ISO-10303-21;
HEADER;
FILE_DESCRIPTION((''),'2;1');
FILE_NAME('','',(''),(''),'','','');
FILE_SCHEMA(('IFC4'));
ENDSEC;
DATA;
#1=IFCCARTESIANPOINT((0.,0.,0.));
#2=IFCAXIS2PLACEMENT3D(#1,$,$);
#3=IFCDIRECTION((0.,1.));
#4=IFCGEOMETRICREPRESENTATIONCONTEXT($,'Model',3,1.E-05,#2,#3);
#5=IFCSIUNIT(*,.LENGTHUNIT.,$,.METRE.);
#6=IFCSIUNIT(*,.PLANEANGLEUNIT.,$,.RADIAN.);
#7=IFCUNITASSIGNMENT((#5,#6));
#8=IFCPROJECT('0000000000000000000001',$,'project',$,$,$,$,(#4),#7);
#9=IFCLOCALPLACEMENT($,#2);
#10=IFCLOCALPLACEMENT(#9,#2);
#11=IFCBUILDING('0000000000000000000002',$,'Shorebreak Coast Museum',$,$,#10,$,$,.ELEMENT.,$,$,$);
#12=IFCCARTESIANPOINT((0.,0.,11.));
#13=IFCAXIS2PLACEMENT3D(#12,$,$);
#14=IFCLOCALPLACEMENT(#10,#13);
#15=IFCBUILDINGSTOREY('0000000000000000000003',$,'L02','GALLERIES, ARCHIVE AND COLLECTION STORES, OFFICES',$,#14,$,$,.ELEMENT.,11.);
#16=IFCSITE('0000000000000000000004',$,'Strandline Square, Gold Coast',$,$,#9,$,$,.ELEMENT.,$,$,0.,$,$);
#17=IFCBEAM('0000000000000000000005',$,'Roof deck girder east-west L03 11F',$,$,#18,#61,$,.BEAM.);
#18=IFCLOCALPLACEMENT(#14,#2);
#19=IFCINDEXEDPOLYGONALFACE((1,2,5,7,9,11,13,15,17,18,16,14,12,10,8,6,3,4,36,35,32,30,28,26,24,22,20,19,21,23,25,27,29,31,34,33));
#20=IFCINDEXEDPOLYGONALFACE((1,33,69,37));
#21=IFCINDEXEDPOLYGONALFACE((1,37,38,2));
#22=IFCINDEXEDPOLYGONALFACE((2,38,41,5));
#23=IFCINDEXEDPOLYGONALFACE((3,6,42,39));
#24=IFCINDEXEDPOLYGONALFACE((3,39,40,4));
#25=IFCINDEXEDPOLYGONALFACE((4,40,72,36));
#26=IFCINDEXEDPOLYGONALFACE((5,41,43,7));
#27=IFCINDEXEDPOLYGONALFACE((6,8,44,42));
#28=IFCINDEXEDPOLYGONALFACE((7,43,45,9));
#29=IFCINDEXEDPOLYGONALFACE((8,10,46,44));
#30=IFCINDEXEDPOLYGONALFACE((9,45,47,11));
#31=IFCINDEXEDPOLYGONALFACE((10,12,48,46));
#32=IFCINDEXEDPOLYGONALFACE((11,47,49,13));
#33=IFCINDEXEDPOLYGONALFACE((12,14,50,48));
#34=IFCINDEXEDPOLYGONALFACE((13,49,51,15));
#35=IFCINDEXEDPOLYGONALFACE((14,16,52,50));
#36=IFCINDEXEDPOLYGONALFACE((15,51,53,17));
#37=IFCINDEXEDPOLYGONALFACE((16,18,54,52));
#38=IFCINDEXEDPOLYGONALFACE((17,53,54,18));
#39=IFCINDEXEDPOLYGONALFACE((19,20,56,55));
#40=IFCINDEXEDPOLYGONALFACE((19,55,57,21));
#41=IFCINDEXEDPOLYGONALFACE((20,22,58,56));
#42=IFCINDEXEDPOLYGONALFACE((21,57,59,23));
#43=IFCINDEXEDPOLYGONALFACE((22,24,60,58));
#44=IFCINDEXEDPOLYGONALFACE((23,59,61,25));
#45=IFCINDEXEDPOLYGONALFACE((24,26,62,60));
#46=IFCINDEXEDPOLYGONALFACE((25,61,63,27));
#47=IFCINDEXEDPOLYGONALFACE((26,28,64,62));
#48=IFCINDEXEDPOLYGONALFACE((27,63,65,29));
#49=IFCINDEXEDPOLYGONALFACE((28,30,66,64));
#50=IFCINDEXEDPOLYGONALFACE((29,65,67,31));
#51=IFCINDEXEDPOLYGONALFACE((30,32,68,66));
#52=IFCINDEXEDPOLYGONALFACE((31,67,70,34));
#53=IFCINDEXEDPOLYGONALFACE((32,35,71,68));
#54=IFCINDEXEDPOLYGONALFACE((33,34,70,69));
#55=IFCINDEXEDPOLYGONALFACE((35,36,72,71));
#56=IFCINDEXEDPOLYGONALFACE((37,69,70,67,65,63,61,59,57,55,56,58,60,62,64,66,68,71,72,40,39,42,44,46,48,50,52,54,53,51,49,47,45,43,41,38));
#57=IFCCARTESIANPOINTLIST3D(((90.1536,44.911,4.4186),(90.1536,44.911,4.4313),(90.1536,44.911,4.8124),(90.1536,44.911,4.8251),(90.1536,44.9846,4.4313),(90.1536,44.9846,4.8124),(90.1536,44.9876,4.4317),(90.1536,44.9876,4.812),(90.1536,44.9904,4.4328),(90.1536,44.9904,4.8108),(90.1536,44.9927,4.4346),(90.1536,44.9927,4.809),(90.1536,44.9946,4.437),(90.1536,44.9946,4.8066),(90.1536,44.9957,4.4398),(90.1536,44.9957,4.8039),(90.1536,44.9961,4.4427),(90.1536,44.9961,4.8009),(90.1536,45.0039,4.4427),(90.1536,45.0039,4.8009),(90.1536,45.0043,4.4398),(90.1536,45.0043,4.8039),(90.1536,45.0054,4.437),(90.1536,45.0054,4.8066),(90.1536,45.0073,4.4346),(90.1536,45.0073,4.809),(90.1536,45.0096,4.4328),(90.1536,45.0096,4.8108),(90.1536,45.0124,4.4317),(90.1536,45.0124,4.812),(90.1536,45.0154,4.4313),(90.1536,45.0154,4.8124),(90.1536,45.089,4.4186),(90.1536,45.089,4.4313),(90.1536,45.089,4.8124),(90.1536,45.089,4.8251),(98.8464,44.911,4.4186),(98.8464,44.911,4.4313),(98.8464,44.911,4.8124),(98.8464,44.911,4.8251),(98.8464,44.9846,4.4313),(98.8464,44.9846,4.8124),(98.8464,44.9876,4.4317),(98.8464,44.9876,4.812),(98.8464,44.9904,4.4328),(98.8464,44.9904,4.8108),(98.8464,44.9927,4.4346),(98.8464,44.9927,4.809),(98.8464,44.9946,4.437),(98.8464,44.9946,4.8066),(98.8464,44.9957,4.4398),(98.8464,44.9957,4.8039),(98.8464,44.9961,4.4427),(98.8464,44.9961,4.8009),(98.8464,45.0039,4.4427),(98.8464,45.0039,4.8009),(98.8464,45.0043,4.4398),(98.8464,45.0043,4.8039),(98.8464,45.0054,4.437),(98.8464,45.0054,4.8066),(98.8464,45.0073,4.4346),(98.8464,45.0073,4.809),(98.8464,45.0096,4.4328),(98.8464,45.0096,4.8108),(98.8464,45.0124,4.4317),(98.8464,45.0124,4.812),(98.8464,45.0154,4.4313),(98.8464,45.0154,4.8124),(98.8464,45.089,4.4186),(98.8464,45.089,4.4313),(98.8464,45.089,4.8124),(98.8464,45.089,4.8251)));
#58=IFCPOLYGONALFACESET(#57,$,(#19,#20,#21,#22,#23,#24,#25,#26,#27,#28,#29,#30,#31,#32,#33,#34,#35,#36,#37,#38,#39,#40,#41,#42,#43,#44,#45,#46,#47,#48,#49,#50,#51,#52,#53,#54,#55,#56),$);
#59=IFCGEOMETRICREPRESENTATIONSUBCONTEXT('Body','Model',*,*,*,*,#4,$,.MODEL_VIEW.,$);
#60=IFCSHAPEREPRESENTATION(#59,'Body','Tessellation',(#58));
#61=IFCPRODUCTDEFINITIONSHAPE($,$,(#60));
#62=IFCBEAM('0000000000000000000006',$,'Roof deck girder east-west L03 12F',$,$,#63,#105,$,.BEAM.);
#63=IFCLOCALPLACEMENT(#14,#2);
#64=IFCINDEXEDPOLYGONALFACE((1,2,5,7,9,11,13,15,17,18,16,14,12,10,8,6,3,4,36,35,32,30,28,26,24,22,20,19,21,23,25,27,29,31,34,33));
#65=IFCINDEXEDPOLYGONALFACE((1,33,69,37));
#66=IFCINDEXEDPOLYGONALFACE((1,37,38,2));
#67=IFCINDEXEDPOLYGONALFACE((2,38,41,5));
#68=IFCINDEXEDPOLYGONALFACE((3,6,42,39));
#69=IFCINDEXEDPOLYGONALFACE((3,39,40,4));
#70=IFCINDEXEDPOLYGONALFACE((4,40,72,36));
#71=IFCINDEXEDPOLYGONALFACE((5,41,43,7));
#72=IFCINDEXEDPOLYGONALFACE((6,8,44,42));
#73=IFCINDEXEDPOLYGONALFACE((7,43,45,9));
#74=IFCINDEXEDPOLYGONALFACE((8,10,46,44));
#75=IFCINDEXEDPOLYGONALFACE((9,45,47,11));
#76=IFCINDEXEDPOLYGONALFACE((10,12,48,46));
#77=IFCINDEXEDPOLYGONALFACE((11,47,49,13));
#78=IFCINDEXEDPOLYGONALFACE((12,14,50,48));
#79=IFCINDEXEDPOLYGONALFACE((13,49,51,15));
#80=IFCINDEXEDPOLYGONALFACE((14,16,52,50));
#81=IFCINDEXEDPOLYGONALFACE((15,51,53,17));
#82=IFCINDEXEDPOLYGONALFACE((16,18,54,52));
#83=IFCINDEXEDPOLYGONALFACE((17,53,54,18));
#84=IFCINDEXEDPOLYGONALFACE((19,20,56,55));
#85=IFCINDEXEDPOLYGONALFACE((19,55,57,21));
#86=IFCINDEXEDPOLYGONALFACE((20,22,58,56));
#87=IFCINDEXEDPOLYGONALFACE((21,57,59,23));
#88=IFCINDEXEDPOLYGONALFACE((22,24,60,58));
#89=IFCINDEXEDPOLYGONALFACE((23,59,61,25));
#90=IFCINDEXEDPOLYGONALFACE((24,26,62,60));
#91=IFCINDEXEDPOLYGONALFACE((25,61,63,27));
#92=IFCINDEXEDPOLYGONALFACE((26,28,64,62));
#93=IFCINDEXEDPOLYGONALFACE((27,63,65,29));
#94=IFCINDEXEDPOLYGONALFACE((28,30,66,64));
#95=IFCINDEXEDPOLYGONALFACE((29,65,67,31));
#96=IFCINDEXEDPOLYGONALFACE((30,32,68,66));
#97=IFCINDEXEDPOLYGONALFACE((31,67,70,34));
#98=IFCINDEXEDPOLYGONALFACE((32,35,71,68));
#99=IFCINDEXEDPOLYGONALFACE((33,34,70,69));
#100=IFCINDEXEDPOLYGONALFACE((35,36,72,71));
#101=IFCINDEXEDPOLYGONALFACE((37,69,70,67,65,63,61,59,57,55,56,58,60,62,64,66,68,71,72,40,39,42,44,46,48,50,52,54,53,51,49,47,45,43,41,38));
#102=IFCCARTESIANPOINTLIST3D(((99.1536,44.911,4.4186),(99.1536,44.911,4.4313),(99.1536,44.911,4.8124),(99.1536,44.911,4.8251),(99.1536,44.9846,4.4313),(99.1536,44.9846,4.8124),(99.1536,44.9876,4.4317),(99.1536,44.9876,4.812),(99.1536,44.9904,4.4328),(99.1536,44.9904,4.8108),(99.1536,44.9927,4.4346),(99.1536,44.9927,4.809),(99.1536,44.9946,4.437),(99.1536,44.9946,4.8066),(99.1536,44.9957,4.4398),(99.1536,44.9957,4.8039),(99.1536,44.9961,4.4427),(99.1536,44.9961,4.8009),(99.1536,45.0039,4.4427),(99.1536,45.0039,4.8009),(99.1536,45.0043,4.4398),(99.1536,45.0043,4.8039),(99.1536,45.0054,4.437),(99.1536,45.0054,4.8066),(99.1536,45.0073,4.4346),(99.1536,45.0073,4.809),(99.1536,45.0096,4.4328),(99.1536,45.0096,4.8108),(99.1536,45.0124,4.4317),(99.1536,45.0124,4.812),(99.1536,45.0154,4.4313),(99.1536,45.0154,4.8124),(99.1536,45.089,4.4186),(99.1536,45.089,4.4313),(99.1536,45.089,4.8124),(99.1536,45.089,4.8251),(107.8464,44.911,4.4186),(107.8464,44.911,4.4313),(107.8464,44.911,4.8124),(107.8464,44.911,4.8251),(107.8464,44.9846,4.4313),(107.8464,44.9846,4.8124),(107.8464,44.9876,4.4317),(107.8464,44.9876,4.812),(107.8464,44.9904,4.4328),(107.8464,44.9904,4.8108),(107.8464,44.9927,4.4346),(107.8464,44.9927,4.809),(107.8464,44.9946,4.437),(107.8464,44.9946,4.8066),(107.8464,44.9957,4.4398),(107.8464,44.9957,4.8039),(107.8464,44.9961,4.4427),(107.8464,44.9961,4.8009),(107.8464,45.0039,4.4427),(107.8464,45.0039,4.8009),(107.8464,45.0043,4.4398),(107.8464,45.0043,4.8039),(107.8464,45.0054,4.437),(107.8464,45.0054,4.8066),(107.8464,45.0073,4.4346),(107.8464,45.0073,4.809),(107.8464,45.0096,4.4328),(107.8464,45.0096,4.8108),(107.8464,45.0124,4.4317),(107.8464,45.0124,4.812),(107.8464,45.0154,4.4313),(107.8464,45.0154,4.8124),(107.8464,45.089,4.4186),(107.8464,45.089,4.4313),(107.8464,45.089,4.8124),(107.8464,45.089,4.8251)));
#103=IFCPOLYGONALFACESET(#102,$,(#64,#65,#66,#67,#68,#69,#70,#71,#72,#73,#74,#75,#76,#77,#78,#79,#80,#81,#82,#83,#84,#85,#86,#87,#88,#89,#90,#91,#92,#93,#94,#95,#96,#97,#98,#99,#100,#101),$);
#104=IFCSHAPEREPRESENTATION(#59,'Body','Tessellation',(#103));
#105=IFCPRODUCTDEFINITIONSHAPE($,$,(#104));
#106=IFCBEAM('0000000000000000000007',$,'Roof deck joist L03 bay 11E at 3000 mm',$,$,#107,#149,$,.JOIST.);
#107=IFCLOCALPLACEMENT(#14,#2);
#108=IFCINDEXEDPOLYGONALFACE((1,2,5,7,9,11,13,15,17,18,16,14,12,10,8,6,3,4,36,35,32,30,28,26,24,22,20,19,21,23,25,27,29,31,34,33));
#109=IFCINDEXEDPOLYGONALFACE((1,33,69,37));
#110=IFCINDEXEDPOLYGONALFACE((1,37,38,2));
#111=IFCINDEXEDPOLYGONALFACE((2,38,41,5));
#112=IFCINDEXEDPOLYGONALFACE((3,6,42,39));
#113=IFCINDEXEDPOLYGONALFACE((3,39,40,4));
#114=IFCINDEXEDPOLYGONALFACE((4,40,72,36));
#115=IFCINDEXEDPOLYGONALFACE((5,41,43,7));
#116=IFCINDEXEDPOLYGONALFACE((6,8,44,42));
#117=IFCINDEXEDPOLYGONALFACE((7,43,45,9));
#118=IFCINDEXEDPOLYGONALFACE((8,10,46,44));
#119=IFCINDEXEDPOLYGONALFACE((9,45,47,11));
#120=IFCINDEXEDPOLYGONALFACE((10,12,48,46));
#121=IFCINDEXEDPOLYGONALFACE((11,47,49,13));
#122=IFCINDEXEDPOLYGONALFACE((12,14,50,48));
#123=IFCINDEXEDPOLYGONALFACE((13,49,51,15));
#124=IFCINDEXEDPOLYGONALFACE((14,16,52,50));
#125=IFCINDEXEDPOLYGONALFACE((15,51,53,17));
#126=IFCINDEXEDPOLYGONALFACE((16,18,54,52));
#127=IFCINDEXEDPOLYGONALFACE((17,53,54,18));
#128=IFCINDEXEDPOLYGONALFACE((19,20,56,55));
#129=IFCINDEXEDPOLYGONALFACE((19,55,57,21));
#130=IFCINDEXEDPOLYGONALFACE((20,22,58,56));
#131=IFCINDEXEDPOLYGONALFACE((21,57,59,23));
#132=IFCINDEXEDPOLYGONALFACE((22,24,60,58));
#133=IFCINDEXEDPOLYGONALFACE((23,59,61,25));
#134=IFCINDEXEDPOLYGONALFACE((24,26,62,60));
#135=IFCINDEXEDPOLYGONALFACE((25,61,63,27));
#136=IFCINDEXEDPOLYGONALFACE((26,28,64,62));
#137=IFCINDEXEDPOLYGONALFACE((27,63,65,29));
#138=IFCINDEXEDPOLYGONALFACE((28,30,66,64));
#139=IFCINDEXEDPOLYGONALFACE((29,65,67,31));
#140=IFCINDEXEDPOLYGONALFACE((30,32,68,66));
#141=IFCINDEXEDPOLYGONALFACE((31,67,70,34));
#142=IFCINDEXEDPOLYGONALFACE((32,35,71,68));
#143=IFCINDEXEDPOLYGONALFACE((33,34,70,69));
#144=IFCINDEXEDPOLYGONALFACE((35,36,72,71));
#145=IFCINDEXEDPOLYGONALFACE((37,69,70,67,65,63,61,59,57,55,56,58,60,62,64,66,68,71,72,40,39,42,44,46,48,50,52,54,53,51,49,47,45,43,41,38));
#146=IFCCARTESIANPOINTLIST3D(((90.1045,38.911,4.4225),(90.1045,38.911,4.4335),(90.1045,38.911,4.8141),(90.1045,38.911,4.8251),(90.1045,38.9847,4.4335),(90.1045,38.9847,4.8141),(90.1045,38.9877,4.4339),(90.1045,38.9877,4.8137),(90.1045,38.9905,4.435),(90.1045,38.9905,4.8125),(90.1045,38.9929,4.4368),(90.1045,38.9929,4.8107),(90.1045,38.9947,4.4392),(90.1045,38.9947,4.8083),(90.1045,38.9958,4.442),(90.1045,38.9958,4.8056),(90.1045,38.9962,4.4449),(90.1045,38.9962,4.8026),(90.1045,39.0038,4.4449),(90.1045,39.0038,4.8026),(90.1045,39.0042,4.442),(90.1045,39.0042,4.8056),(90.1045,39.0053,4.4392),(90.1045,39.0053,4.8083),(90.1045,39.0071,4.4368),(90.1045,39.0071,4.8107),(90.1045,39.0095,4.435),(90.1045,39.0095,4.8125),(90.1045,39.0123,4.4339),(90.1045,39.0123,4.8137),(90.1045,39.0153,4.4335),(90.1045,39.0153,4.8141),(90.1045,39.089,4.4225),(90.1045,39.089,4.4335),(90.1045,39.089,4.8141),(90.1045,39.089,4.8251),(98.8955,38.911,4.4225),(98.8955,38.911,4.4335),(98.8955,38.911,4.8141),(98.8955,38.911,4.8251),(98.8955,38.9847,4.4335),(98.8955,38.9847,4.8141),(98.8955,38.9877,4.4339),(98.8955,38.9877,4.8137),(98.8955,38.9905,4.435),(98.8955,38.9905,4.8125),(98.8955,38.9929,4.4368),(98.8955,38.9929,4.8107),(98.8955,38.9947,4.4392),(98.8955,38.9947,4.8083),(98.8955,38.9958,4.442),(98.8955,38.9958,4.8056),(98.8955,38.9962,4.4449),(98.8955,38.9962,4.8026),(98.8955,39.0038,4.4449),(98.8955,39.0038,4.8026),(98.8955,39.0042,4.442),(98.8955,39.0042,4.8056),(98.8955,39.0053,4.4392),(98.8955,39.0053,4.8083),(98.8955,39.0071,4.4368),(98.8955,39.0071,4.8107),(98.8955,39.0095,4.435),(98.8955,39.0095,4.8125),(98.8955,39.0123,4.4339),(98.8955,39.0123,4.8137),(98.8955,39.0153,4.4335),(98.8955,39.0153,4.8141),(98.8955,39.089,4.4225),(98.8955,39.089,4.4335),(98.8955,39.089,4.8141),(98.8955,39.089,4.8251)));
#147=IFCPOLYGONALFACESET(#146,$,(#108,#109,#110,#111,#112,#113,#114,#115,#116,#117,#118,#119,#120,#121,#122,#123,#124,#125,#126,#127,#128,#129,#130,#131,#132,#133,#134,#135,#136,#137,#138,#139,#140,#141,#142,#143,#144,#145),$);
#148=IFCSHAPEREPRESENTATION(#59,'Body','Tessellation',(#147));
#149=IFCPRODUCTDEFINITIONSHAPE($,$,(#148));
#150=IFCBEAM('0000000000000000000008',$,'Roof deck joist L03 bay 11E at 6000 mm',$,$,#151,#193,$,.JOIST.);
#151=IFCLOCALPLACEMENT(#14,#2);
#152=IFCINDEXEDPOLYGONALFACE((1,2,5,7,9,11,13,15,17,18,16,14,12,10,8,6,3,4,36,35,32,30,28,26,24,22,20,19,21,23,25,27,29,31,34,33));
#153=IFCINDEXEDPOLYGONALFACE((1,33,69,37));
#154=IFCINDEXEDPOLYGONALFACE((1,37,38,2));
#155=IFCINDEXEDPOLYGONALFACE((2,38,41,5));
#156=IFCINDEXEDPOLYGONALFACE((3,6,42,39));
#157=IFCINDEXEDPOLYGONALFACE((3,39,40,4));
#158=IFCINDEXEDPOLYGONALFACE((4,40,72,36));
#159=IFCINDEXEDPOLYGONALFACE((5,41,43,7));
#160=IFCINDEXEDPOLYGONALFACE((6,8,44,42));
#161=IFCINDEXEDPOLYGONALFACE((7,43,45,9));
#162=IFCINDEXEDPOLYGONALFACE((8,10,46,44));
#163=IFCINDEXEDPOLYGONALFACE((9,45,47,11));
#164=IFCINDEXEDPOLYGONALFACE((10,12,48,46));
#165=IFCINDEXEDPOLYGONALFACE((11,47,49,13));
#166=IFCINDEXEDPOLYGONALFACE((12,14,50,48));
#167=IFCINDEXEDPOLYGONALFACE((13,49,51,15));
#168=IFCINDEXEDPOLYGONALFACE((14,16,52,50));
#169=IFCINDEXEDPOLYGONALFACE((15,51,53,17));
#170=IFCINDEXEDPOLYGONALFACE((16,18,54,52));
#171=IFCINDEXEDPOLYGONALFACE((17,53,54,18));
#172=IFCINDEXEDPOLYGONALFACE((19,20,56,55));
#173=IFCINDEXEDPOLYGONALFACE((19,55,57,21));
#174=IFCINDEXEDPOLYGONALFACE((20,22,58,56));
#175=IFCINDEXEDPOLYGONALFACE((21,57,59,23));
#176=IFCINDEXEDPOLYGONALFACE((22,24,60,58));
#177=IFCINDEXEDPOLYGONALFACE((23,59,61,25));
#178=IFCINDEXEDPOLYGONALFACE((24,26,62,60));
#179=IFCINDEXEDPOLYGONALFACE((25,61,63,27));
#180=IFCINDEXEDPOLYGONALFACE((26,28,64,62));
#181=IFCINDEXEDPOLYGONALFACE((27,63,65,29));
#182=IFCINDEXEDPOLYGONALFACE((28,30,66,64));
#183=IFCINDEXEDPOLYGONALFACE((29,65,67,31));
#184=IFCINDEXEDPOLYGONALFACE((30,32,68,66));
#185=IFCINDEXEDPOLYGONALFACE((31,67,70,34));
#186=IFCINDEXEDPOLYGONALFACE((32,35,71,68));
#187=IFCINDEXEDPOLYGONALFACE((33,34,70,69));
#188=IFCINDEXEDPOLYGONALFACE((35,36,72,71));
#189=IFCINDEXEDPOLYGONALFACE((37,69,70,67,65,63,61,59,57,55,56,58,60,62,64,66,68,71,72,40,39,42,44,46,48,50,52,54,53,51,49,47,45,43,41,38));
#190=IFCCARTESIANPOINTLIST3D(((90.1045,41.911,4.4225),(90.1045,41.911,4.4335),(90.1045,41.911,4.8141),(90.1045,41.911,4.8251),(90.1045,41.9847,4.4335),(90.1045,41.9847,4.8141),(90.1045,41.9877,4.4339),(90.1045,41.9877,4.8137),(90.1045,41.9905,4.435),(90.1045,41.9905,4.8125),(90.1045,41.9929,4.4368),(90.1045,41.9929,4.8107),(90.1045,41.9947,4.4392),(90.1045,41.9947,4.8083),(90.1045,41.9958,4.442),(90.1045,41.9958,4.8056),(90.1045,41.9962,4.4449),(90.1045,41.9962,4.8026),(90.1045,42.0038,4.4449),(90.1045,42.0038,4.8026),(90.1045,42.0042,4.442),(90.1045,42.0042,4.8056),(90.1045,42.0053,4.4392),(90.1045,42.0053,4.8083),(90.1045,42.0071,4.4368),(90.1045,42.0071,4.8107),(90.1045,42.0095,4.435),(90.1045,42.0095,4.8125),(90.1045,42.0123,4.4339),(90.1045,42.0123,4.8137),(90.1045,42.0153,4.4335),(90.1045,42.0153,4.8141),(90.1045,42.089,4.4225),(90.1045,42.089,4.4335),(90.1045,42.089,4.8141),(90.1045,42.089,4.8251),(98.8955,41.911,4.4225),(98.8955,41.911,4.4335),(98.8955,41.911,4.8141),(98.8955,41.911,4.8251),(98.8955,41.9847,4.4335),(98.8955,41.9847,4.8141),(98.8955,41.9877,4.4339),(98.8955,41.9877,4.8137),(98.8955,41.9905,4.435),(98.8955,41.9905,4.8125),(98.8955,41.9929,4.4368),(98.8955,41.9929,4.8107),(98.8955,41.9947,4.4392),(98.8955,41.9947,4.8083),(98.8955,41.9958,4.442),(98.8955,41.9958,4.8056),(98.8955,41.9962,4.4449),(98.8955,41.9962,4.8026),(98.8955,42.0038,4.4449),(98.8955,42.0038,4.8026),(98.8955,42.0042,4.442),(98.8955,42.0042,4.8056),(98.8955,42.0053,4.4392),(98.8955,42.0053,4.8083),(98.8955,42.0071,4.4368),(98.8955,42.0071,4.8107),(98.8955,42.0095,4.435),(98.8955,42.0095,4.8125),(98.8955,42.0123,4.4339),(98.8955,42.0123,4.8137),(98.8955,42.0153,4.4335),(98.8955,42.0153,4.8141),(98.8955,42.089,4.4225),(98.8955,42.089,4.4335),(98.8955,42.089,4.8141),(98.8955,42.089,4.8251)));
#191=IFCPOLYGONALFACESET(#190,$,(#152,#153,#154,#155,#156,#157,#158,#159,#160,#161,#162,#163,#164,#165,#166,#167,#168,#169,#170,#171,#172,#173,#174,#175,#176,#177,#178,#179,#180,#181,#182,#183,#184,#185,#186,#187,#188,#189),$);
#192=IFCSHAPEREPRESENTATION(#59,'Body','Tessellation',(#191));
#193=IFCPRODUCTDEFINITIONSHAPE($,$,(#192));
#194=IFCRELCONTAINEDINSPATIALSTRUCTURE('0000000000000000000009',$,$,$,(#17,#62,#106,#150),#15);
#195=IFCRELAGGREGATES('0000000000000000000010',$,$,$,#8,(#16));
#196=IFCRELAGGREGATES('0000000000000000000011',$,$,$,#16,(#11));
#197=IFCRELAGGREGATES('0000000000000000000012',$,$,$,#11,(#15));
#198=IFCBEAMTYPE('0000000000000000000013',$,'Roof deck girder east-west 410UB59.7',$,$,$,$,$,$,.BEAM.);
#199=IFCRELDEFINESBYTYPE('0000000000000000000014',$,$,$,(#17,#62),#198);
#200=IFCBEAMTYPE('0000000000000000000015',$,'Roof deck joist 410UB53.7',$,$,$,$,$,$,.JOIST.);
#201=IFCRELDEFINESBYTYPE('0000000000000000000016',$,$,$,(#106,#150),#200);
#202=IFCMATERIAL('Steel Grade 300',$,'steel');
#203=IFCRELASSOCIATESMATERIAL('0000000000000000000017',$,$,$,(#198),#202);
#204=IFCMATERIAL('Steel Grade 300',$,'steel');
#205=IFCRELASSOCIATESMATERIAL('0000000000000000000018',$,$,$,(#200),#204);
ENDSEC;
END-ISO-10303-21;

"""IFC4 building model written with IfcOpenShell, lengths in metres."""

from ifc_helpers import new_model, si_unit, direction, frame, origin, origin_2d, place, context, subcontext, project, spatial, i_section, extrude, material, material_profile, profile_set, type_object, element, save


model = new_model("IFC4")

# Units and contexts
model_context = context("Model", 3, precision=1e-05, world=origin(), true_north=direction((0.0, 1.0)))
body_context = subcontext(model_context, "Body", "Model", "MODEL_VIEW")
ifc_project = project(units=[si_unit("LENGTHUNIT", "METRE"), si_unit("PLANEANGLEUNIT", "RADIAN")], contexts=[model_context])

# Site, building, storey
site_placement = place(None, origin())
site = spatial("IfcSite", under=ifc_project, at=site_placement, Name="Strandline Square, Gold Coast", CompositionType="ELEMENT", RefElevation=0.0)
building_placement = place(site_placement, origin())
building = spatial("IfcBuilding", under=site, at=building_placement, Name="Shorebreak Coast Museum", CompositionType="ELEMENT")
storey_placement = place(building_placement, frame((0.0, 0.0, 11.0)))
storey = spatial("IfcBuildingStorey", under=building, at=storey_placement, Name="L02", Description="GALLERIES, ARCHIVE AND COLLECTION STORES, OFFICES", CompositionType="ELEMENT", Elevation=11.0)

# Beams
ifc_material_1 = material(Name="Steel Grade 300", Category="steel")
ifc_material_profile_1 = material_profile(ifc_material_1, i_section(OverallWidth=0.178, OverallDepth=0.4065, WebThickness=0.0078, FlangeThickness=0.0127, FilletRadius=0.0115, at=origin_2d()), Name="410UB59.7")
ifc_profile_set_1 = profile_set([ifc_material_profile_1], Name="Steel Grade 300")
beam_type_1 = type_object("IfcBeamType", Name="Roof deck girder east-west 410UB59.7", PredefinedType="BEAM", material=ifc_profile_set_1)
for number, where, z_axis, x_axis, name in (
    (1, (90.1536, 45.0, 4.6218), (1.0, 0.0, 0.0), (0.0, 1.0, 0.0), "Roof deck girder east-west L03 11F"),
    (2, (99.1536, 45.0, 4.6218), (1.0, 0.0, 0.0), (0.0, 1.0, 0.0), "Roof deck girder east-west L03 12F"),
):
    element("IfcBeam", number, at=place(storey_placement, frame(where, z_axis=z_axis, x_axis=x_axis)), inside=storey, type_object=beam_type_1, Name=name, PredefinedType="BEAM", context=body_context, shape_type="SweptSolid", body=[
        extrude(i_section(OverallWidth=0.178, OverallDepth=0.4065, WebThickness=0.0078, FlangeThickness=0.0127, FilletRadius=0.0115, at=origin_2d()), origin(), (0.0, 0.0, 1.0), 8.6929),
    ])
ifc_material_2 = material(Name="Steel Grade 300", Category="steel")
ifc_material_profile_2 = material_profile(ifc_material_2, i_section(OverallWidth=0.178, OverallDepth=0.4026, WebThickness=0.0076, FlangeThickness=0.011, FilletRadius=0.0115, at=origin_2d()), Name="410UB53.7")
ifc_profile_set_2 = profile_set([ifc_material_profile_2], Name="Steel Grade 300")
beam_type_2 = type_object("IfcBeamType", Name="Roof deck joist 410UB53.7", PredefinedType="JOIST", material=ifc_profile_set_2)
for number, where, z_axis, x_axis, name in (
    (3, (90.1045, 39.0, 4.6238), (1.0, 0.0, 0.0), (0.0, 1.0, 0.0), "Roof deck joist L03 bay 11E at 3000 mm"),
    (4, (90.1045, 42.0, 4.6238), (1.0, 0.0, 0.0), (0.0, 1.0, 0.0), "Roof deck joist L03 bay 11E at 6000 mm"),
):
    element("IfcBeam", number, at=place(storey_placement, frame(where, z_axis=z_axis, x_axis=x_axis)), inside=storey, type_object=beam_type_2, Name=name, PredefinedType="JOIST", context=body_context, shape_type="SweptSolid", body=[
        extrude(i_section(OverallWidth=0.178, OverallDepth=0.4026, WebThickness=0.0076, FlangeThickness=0.011, FilletRadius=0.0115, at=origin_2d()), origin(), (0.0, 0.0, 1.0), 8.791),
    ])

save(model, "model.ifc")
